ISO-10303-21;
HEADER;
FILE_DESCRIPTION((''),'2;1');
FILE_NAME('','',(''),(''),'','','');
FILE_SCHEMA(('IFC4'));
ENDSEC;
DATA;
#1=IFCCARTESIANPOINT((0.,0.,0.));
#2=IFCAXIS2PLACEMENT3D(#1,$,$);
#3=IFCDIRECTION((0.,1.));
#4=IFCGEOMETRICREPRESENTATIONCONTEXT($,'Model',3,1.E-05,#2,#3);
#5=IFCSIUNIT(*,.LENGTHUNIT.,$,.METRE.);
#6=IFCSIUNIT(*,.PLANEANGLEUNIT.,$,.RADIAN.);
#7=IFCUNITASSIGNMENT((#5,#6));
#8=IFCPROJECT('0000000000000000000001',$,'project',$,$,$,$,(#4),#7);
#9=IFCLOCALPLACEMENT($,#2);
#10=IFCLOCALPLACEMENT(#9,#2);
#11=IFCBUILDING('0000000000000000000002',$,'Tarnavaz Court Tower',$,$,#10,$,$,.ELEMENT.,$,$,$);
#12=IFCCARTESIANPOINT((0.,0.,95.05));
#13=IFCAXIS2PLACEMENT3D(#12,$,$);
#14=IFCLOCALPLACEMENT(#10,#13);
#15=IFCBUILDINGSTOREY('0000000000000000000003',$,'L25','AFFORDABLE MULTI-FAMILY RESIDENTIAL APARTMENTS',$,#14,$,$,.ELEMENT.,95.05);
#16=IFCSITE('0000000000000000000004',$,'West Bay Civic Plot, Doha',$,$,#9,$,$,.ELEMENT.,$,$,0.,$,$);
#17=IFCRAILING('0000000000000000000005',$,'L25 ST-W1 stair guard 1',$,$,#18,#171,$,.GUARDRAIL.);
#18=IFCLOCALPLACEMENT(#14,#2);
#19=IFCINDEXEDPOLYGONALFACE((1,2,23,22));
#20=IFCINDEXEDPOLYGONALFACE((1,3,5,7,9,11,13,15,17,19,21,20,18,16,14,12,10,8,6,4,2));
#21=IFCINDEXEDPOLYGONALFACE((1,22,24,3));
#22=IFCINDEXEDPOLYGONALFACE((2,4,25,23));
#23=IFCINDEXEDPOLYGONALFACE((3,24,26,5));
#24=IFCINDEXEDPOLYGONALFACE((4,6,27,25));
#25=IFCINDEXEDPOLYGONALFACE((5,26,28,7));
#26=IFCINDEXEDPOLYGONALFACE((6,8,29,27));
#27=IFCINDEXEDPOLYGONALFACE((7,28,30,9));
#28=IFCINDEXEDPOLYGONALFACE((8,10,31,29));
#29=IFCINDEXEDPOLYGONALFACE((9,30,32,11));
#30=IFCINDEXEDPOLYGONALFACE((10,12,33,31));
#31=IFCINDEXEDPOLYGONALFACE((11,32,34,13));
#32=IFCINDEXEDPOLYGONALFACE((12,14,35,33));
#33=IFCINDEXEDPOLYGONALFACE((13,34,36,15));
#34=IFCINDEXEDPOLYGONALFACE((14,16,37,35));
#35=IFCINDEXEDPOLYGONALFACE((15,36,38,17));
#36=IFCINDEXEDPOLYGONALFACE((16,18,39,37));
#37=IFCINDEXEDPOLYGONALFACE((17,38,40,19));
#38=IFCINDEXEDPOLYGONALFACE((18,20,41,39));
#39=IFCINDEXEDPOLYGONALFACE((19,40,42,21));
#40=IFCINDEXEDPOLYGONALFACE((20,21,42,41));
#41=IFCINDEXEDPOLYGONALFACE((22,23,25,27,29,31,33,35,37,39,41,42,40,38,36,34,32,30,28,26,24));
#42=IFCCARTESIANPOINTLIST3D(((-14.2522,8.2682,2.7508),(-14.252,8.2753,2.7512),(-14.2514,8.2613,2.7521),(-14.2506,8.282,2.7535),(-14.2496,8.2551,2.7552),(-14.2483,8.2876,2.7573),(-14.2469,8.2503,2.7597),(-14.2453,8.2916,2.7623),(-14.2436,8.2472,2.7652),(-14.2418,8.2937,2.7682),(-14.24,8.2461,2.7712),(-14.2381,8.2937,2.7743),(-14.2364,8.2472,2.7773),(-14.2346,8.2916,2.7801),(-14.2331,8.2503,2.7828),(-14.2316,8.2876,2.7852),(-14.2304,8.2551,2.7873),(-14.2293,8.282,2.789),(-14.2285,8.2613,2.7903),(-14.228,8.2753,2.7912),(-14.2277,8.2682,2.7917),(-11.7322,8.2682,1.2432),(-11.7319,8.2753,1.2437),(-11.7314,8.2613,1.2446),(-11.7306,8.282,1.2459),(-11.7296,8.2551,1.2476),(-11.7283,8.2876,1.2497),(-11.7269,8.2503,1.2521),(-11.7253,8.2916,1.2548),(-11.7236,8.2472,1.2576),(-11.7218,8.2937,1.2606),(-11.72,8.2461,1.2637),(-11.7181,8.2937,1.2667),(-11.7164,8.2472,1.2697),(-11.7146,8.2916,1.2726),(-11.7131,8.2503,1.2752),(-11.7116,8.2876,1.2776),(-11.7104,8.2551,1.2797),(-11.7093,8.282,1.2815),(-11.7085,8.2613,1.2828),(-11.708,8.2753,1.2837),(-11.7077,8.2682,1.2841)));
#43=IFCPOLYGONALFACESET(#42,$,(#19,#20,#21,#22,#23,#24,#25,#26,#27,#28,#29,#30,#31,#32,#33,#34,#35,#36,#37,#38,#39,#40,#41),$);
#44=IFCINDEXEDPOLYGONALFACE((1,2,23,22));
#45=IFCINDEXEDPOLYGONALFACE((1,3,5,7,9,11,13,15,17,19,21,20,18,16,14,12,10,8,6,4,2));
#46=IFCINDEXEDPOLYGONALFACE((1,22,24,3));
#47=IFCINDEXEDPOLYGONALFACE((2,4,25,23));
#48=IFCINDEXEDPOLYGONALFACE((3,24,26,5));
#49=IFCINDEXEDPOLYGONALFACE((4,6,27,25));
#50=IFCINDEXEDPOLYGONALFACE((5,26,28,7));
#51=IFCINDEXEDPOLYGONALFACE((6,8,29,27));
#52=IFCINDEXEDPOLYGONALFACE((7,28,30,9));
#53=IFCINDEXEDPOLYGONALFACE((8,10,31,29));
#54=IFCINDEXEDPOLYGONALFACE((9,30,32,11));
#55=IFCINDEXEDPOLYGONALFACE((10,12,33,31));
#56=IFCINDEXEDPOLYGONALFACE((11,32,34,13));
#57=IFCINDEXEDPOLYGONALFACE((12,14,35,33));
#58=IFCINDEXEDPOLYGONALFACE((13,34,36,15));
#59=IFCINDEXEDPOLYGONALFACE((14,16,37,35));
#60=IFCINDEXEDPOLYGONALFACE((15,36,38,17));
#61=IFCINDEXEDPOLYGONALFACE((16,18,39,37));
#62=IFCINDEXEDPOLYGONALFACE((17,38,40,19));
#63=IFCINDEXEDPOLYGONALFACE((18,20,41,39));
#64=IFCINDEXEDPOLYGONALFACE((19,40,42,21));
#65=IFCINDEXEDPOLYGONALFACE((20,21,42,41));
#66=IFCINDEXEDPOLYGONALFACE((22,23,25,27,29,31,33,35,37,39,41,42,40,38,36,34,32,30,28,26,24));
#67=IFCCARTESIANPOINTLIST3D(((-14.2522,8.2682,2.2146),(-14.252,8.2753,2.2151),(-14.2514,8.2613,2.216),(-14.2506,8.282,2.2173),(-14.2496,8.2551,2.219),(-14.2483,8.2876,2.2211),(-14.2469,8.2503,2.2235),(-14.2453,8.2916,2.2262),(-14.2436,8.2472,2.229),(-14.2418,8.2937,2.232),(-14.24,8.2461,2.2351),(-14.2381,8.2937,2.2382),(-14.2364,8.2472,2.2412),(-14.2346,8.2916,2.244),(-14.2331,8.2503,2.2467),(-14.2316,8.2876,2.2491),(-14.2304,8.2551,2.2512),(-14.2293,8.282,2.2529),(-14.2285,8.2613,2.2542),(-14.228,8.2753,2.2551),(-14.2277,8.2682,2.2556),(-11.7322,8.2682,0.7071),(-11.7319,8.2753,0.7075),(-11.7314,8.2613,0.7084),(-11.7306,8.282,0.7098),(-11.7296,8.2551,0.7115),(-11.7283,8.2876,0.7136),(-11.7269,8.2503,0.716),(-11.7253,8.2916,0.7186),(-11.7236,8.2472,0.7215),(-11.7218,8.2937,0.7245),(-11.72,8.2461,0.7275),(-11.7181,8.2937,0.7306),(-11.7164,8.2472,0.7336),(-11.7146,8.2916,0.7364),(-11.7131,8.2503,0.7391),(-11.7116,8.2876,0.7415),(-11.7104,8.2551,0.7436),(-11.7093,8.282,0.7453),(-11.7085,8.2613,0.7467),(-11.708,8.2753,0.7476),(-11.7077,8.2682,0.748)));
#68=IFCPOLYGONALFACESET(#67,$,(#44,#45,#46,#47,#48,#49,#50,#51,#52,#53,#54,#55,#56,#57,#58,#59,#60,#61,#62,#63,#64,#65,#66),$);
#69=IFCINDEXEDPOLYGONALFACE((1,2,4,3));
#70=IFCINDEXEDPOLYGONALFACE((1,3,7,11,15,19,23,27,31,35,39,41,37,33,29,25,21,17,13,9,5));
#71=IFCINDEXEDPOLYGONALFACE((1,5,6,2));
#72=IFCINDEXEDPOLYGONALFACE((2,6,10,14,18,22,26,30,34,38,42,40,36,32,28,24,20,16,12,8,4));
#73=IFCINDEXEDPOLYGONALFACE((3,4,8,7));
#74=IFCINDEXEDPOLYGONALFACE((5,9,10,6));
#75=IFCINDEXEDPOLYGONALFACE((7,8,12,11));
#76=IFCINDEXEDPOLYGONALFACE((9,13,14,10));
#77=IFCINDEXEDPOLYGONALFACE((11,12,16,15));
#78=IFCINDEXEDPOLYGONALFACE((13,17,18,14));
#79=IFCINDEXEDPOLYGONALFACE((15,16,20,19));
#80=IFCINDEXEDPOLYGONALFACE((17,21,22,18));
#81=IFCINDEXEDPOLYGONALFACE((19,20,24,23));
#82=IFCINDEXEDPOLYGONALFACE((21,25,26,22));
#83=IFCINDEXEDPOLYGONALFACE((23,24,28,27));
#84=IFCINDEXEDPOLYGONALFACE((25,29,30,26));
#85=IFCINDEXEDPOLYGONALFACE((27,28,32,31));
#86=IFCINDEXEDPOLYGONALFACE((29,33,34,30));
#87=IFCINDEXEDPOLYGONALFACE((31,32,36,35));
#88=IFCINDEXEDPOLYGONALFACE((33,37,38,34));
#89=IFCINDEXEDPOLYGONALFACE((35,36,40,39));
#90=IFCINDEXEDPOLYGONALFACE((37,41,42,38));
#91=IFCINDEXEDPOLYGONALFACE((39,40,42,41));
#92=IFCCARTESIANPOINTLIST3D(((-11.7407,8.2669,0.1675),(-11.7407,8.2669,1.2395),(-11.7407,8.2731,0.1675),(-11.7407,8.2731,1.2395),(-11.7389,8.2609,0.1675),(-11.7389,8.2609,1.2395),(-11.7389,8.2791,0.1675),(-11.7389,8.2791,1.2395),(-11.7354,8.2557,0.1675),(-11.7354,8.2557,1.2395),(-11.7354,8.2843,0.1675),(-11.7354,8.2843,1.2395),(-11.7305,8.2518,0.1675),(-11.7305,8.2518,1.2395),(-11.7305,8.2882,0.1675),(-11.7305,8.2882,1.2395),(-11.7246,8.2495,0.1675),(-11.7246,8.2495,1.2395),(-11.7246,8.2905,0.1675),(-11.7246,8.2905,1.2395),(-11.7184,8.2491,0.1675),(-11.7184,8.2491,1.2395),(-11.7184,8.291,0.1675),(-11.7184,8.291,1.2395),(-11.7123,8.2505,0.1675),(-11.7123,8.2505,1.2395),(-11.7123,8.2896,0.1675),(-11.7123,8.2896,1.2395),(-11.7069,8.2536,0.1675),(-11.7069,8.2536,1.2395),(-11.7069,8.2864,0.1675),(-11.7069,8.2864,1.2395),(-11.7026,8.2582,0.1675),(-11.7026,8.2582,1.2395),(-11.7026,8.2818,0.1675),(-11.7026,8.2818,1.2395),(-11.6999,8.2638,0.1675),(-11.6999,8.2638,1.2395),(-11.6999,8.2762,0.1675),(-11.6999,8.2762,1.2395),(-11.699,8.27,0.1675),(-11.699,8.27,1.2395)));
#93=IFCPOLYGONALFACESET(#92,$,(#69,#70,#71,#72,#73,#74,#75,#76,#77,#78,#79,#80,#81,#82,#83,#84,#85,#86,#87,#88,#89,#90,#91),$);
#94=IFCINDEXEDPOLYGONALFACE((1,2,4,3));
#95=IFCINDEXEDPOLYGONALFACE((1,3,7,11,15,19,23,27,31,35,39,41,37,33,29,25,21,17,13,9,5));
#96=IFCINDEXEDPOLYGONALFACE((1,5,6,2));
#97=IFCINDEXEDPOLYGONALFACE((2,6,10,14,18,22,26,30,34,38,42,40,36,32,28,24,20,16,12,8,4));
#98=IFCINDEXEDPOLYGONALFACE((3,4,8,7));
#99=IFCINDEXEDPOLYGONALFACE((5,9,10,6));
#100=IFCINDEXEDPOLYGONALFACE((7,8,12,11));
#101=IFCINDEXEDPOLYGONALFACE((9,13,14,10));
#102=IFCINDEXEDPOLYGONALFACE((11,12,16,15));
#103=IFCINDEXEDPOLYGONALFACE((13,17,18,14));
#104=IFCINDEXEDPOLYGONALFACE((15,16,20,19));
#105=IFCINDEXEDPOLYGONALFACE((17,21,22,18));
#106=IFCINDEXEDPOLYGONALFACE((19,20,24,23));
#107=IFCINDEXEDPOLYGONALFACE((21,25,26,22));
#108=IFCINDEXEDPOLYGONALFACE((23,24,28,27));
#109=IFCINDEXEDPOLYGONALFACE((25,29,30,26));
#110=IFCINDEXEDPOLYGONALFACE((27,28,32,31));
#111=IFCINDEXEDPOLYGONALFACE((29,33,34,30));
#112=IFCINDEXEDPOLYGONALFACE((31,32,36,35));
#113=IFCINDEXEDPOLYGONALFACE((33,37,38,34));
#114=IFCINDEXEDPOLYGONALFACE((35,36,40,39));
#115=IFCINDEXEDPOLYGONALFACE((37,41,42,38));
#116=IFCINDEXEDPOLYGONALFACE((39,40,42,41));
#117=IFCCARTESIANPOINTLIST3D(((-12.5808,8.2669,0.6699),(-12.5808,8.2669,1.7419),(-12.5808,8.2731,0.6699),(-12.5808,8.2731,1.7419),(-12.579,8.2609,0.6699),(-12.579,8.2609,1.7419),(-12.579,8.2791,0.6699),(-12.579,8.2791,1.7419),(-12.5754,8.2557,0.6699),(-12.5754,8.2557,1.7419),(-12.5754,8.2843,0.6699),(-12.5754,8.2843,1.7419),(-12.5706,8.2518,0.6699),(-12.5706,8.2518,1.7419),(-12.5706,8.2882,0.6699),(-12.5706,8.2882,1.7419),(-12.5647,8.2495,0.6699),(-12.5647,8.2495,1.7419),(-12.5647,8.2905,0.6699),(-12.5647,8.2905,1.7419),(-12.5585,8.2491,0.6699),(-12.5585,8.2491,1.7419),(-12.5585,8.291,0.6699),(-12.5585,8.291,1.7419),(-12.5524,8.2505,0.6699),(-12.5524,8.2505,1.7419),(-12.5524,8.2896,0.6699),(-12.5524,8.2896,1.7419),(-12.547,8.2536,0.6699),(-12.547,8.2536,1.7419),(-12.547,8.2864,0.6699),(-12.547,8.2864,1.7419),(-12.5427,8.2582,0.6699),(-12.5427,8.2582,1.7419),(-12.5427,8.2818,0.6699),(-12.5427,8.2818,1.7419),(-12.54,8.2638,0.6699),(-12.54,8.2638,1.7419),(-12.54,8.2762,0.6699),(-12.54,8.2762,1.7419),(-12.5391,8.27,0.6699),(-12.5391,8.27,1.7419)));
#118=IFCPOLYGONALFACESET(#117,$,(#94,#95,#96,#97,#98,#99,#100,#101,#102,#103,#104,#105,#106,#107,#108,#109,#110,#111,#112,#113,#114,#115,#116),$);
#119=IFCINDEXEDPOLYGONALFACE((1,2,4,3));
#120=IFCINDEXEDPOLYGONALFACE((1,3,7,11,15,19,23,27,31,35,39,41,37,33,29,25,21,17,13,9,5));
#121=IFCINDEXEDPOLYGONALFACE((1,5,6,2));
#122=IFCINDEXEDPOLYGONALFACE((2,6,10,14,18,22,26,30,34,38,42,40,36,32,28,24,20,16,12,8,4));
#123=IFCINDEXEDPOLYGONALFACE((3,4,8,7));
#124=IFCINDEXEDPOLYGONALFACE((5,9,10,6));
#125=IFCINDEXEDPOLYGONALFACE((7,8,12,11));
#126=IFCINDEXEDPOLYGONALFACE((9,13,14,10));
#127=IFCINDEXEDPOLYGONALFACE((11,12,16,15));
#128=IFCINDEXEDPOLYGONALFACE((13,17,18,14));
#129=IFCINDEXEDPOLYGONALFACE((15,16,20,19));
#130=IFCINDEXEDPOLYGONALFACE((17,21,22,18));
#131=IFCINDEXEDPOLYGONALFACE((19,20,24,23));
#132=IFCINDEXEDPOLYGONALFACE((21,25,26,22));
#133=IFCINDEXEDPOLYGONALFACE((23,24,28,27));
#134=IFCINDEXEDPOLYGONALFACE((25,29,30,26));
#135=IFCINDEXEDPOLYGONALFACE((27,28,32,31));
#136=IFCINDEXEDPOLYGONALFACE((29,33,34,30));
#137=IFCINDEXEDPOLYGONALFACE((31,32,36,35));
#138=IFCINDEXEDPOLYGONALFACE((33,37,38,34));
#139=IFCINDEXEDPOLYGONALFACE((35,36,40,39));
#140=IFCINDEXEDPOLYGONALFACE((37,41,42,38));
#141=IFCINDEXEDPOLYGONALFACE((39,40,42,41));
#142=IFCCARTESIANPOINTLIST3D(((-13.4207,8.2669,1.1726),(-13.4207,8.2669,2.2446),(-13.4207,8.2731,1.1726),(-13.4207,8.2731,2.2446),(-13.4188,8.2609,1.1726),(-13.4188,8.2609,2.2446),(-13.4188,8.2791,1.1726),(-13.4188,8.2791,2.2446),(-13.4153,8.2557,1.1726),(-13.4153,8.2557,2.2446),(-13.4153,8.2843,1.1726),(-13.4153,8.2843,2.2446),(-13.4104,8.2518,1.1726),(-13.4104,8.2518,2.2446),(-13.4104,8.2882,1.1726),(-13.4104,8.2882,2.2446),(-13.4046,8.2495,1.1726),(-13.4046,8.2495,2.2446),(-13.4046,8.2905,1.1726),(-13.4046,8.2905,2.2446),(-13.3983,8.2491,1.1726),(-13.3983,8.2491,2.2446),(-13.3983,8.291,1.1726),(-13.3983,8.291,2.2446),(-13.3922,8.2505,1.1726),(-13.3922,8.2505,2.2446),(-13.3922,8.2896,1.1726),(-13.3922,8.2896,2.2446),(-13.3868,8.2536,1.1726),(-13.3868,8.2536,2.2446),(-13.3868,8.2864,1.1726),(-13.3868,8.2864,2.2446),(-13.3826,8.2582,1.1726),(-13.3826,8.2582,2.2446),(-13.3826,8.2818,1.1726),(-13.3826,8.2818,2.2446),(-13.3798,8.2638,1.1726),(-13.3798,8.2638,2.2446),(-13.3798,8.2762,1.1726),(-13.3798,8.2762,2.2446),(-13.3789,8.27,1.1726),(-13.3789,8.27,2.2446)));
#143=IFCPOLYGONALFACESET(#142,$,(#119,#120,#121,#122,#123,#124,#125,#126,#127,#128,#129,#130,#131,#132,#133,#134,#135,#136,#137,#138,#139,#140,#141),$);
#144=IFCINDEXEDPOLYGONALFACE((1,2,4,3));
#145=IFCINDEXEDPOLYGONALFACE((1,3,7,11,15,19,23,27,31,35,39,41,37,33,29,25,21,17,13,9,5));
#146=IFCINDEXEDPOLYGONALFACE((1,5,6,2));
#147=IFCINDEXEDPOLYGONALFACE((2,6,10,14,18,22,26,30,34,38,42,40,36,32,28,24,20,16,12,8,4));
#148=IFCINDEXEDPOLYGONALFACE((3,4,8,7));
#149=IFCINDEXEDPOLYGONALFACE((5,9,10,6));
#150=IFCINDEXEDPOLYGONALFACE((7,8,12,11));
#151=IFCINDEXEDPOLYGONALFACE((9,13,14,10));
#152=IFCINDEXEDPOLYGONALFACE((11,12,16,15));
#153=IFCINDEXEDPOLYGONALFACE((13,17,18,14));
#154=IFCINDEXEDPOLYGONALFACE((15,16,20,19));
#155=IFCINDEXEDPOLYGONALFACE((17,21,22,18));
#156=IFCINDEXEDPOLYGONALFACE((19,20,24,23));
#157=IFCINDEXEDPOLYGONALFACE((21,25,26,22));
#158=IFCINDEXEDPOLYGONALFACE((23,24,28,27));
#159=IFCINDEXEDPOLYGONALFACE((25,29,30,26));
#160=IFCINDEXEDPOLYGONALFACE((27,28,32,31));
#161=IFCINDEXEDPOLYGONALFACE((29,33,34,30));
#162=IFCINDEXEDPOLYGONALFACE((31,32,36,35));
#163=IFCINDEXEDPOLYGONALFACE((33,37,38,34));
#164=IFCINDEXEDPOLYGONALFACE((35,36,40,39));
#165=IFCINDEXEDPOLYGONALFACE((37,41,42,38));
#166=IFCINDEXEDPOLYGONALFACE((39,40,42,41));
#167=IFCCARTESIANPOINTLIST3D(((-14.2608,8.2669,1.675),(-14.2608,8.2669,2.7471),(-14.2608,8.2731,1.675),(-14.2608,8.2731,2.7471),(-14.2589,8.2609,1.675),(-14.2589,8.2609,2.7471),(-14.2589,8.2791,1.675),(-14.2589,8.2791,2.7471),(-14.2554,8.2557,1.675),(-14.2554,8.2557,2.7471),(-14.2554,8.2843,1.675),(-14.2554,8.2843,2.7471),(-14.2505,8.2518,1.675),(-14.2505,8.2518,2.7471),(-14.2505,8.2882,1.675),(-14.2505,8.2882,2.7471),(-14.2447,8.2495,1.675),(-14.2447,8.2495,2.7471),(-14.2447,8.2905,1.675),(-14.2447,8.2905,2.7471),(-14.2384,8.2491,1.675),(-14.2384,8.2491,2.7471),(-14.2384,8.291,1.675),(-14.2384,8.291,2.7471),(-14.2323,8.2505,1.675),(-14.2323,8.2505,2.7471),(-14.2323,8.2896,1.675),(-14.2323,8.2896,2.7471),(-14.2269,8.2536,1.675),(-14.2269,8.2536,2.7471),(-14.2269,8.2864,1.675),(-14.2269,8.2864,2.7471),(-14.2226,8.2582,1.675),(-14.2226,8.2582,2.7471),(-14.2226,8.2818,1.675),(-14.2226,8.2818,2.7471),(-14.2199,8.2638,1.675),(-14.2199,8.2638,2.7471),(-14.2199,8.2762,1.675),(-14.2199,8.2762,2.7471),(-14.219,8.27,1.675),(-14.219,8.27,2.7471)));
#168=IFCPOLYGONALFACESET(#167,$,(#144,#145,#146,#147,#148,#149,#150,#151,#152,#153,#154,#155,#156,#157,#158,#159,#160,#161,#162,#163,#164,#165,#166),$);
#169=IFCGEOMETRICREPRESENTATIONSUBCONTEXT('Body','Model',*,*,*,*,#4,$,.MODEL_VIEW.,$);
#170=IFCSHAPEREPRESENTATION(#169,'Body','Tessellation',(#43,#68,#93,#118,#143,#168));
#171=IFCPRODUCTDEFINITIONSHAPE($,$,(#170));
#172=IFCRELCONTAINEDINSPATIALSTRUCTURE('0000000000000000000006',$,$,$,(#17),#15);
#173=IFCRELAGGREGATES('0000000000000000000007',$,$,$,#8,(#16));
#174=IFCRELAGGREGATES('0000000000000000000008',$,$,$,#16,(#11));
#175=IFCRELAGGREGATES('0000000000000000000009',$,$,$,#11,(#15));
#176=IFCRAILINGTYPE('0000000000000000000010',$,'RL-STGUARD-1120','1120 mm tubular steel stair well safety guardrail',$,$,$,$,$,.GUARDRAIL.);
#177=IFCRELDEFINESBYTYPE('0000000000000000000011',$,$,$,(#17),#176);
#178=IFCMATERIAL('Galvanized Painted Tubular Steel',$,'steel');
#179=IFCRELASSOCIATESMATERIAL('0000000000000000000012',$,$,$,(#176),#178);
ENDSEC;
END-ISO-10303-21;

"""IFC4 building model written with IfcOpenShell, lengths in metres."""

from ifc_helpers import new_model, si_unit, direction, frame, origin, origin_2d, place, context, subcontext, project, spatial, circle, extrude, material, type_object, element, save


model = new_model("IFC4")

# Units and contexts
model_context = context("Model", 3, precision=1e-05, world=origin(), true_north=direction((0.0, 1.0)))
body_context = subcontext(model_context, "Body", "Model", "MODEL_VIEW")
ifc_project = project(units=[si_unit("LENGTHUNIT", "METRE"), si_unit("PLANEANGLEUNIT", "RADIAN")], contexts=[model_context])

# Site, building, storey
site_placement = place(None, origin())
site = spatial("IfcSite", under=ifc_project, at=site_placement, Name="West Bay Civic Plot, Doha", CompositionType="ELEMENT", RefElevation=0.0)
building_placement = place(site_placement, origin())
building = spatial("IfcBuilding", under=site, at=building_placement, Name="Tarnavaz Court Tower", CompositionType="ELEMENT")
storey_placement = place(building_placement, frame((0.0, 0.0, 95.05)))
storey = spatial("IfcBuildingStorey", under=building, at=storey_placement, Name="L25", Description="AFFORDABLE MULTI-FAMILY RESIDENTIAL APARTMENTS", CompositionType="ELEMENT", Elevation=95.05)

# Railing
ifc_material_1 = material(Name="Galvanized Painted Tubular Steel", Category="steel")
railing_type_1 = type_object("IfcRailingType", Name="RL-STGUARD-1120", Description="1120 mm tubular steel stair well safety guardrail", PredefinedType="GUARDRAIL", material=ifc_material_1)
railing_1_placement = place(storey_placement, frame((-11.72, 8.27, 0.1675)))
element("IfcRailing", 1, at=railing_1_placement, inside=storey, type_object=railing_type_1, Name="L25 ST-W1 stair guard 1", PredefinedType="GUARDRAIL", context=body_context, shape_type="SweptSolid", body=[
    extrude(circle(Radius=0.0239, at=origin_2d()), frame((0.0, 0.0, 1.0962), z_axis=(-0.85816, 0.0, 0.513383), x_axis=(0.0, -1.0, 0.0)), (0.0, 0.0, 1.0), 2.9365),
    extrude(circle(Radius=0.0239, at=origin_2d()), frame((0.0, 0.0, 0.5601), z_axis=(-0.85816, 0.0, 0.513383), x_axis=(0.0, -1.0, 0.0)), (0.0, 0.0, 1.0), 2.9365),
    extrude(circle(Radius=0.021, at=origin_2d()), origin(), (0.0, 0.0, 1.0), 1.072),
    extrude(circle(Radius=0.021, at=origin_2d()), frame((-0.8401, 0.0, 0.5024)), (0.0, 0.0, 1.0), 1.072),
    extrude(circle(Radius=0.021, at=origin_2d()), frame((-1.6799, 0.0, 1.0051)), (0.0, 0.0, 1.0), 1.072),
    extrude(circle(Radius=0.021, at=origin_2d()), frame((-2.52, 0.0, 1.5076)), (0.0, 0.0, 1.0), 1.072),
])

save(model, "model.ifc")
